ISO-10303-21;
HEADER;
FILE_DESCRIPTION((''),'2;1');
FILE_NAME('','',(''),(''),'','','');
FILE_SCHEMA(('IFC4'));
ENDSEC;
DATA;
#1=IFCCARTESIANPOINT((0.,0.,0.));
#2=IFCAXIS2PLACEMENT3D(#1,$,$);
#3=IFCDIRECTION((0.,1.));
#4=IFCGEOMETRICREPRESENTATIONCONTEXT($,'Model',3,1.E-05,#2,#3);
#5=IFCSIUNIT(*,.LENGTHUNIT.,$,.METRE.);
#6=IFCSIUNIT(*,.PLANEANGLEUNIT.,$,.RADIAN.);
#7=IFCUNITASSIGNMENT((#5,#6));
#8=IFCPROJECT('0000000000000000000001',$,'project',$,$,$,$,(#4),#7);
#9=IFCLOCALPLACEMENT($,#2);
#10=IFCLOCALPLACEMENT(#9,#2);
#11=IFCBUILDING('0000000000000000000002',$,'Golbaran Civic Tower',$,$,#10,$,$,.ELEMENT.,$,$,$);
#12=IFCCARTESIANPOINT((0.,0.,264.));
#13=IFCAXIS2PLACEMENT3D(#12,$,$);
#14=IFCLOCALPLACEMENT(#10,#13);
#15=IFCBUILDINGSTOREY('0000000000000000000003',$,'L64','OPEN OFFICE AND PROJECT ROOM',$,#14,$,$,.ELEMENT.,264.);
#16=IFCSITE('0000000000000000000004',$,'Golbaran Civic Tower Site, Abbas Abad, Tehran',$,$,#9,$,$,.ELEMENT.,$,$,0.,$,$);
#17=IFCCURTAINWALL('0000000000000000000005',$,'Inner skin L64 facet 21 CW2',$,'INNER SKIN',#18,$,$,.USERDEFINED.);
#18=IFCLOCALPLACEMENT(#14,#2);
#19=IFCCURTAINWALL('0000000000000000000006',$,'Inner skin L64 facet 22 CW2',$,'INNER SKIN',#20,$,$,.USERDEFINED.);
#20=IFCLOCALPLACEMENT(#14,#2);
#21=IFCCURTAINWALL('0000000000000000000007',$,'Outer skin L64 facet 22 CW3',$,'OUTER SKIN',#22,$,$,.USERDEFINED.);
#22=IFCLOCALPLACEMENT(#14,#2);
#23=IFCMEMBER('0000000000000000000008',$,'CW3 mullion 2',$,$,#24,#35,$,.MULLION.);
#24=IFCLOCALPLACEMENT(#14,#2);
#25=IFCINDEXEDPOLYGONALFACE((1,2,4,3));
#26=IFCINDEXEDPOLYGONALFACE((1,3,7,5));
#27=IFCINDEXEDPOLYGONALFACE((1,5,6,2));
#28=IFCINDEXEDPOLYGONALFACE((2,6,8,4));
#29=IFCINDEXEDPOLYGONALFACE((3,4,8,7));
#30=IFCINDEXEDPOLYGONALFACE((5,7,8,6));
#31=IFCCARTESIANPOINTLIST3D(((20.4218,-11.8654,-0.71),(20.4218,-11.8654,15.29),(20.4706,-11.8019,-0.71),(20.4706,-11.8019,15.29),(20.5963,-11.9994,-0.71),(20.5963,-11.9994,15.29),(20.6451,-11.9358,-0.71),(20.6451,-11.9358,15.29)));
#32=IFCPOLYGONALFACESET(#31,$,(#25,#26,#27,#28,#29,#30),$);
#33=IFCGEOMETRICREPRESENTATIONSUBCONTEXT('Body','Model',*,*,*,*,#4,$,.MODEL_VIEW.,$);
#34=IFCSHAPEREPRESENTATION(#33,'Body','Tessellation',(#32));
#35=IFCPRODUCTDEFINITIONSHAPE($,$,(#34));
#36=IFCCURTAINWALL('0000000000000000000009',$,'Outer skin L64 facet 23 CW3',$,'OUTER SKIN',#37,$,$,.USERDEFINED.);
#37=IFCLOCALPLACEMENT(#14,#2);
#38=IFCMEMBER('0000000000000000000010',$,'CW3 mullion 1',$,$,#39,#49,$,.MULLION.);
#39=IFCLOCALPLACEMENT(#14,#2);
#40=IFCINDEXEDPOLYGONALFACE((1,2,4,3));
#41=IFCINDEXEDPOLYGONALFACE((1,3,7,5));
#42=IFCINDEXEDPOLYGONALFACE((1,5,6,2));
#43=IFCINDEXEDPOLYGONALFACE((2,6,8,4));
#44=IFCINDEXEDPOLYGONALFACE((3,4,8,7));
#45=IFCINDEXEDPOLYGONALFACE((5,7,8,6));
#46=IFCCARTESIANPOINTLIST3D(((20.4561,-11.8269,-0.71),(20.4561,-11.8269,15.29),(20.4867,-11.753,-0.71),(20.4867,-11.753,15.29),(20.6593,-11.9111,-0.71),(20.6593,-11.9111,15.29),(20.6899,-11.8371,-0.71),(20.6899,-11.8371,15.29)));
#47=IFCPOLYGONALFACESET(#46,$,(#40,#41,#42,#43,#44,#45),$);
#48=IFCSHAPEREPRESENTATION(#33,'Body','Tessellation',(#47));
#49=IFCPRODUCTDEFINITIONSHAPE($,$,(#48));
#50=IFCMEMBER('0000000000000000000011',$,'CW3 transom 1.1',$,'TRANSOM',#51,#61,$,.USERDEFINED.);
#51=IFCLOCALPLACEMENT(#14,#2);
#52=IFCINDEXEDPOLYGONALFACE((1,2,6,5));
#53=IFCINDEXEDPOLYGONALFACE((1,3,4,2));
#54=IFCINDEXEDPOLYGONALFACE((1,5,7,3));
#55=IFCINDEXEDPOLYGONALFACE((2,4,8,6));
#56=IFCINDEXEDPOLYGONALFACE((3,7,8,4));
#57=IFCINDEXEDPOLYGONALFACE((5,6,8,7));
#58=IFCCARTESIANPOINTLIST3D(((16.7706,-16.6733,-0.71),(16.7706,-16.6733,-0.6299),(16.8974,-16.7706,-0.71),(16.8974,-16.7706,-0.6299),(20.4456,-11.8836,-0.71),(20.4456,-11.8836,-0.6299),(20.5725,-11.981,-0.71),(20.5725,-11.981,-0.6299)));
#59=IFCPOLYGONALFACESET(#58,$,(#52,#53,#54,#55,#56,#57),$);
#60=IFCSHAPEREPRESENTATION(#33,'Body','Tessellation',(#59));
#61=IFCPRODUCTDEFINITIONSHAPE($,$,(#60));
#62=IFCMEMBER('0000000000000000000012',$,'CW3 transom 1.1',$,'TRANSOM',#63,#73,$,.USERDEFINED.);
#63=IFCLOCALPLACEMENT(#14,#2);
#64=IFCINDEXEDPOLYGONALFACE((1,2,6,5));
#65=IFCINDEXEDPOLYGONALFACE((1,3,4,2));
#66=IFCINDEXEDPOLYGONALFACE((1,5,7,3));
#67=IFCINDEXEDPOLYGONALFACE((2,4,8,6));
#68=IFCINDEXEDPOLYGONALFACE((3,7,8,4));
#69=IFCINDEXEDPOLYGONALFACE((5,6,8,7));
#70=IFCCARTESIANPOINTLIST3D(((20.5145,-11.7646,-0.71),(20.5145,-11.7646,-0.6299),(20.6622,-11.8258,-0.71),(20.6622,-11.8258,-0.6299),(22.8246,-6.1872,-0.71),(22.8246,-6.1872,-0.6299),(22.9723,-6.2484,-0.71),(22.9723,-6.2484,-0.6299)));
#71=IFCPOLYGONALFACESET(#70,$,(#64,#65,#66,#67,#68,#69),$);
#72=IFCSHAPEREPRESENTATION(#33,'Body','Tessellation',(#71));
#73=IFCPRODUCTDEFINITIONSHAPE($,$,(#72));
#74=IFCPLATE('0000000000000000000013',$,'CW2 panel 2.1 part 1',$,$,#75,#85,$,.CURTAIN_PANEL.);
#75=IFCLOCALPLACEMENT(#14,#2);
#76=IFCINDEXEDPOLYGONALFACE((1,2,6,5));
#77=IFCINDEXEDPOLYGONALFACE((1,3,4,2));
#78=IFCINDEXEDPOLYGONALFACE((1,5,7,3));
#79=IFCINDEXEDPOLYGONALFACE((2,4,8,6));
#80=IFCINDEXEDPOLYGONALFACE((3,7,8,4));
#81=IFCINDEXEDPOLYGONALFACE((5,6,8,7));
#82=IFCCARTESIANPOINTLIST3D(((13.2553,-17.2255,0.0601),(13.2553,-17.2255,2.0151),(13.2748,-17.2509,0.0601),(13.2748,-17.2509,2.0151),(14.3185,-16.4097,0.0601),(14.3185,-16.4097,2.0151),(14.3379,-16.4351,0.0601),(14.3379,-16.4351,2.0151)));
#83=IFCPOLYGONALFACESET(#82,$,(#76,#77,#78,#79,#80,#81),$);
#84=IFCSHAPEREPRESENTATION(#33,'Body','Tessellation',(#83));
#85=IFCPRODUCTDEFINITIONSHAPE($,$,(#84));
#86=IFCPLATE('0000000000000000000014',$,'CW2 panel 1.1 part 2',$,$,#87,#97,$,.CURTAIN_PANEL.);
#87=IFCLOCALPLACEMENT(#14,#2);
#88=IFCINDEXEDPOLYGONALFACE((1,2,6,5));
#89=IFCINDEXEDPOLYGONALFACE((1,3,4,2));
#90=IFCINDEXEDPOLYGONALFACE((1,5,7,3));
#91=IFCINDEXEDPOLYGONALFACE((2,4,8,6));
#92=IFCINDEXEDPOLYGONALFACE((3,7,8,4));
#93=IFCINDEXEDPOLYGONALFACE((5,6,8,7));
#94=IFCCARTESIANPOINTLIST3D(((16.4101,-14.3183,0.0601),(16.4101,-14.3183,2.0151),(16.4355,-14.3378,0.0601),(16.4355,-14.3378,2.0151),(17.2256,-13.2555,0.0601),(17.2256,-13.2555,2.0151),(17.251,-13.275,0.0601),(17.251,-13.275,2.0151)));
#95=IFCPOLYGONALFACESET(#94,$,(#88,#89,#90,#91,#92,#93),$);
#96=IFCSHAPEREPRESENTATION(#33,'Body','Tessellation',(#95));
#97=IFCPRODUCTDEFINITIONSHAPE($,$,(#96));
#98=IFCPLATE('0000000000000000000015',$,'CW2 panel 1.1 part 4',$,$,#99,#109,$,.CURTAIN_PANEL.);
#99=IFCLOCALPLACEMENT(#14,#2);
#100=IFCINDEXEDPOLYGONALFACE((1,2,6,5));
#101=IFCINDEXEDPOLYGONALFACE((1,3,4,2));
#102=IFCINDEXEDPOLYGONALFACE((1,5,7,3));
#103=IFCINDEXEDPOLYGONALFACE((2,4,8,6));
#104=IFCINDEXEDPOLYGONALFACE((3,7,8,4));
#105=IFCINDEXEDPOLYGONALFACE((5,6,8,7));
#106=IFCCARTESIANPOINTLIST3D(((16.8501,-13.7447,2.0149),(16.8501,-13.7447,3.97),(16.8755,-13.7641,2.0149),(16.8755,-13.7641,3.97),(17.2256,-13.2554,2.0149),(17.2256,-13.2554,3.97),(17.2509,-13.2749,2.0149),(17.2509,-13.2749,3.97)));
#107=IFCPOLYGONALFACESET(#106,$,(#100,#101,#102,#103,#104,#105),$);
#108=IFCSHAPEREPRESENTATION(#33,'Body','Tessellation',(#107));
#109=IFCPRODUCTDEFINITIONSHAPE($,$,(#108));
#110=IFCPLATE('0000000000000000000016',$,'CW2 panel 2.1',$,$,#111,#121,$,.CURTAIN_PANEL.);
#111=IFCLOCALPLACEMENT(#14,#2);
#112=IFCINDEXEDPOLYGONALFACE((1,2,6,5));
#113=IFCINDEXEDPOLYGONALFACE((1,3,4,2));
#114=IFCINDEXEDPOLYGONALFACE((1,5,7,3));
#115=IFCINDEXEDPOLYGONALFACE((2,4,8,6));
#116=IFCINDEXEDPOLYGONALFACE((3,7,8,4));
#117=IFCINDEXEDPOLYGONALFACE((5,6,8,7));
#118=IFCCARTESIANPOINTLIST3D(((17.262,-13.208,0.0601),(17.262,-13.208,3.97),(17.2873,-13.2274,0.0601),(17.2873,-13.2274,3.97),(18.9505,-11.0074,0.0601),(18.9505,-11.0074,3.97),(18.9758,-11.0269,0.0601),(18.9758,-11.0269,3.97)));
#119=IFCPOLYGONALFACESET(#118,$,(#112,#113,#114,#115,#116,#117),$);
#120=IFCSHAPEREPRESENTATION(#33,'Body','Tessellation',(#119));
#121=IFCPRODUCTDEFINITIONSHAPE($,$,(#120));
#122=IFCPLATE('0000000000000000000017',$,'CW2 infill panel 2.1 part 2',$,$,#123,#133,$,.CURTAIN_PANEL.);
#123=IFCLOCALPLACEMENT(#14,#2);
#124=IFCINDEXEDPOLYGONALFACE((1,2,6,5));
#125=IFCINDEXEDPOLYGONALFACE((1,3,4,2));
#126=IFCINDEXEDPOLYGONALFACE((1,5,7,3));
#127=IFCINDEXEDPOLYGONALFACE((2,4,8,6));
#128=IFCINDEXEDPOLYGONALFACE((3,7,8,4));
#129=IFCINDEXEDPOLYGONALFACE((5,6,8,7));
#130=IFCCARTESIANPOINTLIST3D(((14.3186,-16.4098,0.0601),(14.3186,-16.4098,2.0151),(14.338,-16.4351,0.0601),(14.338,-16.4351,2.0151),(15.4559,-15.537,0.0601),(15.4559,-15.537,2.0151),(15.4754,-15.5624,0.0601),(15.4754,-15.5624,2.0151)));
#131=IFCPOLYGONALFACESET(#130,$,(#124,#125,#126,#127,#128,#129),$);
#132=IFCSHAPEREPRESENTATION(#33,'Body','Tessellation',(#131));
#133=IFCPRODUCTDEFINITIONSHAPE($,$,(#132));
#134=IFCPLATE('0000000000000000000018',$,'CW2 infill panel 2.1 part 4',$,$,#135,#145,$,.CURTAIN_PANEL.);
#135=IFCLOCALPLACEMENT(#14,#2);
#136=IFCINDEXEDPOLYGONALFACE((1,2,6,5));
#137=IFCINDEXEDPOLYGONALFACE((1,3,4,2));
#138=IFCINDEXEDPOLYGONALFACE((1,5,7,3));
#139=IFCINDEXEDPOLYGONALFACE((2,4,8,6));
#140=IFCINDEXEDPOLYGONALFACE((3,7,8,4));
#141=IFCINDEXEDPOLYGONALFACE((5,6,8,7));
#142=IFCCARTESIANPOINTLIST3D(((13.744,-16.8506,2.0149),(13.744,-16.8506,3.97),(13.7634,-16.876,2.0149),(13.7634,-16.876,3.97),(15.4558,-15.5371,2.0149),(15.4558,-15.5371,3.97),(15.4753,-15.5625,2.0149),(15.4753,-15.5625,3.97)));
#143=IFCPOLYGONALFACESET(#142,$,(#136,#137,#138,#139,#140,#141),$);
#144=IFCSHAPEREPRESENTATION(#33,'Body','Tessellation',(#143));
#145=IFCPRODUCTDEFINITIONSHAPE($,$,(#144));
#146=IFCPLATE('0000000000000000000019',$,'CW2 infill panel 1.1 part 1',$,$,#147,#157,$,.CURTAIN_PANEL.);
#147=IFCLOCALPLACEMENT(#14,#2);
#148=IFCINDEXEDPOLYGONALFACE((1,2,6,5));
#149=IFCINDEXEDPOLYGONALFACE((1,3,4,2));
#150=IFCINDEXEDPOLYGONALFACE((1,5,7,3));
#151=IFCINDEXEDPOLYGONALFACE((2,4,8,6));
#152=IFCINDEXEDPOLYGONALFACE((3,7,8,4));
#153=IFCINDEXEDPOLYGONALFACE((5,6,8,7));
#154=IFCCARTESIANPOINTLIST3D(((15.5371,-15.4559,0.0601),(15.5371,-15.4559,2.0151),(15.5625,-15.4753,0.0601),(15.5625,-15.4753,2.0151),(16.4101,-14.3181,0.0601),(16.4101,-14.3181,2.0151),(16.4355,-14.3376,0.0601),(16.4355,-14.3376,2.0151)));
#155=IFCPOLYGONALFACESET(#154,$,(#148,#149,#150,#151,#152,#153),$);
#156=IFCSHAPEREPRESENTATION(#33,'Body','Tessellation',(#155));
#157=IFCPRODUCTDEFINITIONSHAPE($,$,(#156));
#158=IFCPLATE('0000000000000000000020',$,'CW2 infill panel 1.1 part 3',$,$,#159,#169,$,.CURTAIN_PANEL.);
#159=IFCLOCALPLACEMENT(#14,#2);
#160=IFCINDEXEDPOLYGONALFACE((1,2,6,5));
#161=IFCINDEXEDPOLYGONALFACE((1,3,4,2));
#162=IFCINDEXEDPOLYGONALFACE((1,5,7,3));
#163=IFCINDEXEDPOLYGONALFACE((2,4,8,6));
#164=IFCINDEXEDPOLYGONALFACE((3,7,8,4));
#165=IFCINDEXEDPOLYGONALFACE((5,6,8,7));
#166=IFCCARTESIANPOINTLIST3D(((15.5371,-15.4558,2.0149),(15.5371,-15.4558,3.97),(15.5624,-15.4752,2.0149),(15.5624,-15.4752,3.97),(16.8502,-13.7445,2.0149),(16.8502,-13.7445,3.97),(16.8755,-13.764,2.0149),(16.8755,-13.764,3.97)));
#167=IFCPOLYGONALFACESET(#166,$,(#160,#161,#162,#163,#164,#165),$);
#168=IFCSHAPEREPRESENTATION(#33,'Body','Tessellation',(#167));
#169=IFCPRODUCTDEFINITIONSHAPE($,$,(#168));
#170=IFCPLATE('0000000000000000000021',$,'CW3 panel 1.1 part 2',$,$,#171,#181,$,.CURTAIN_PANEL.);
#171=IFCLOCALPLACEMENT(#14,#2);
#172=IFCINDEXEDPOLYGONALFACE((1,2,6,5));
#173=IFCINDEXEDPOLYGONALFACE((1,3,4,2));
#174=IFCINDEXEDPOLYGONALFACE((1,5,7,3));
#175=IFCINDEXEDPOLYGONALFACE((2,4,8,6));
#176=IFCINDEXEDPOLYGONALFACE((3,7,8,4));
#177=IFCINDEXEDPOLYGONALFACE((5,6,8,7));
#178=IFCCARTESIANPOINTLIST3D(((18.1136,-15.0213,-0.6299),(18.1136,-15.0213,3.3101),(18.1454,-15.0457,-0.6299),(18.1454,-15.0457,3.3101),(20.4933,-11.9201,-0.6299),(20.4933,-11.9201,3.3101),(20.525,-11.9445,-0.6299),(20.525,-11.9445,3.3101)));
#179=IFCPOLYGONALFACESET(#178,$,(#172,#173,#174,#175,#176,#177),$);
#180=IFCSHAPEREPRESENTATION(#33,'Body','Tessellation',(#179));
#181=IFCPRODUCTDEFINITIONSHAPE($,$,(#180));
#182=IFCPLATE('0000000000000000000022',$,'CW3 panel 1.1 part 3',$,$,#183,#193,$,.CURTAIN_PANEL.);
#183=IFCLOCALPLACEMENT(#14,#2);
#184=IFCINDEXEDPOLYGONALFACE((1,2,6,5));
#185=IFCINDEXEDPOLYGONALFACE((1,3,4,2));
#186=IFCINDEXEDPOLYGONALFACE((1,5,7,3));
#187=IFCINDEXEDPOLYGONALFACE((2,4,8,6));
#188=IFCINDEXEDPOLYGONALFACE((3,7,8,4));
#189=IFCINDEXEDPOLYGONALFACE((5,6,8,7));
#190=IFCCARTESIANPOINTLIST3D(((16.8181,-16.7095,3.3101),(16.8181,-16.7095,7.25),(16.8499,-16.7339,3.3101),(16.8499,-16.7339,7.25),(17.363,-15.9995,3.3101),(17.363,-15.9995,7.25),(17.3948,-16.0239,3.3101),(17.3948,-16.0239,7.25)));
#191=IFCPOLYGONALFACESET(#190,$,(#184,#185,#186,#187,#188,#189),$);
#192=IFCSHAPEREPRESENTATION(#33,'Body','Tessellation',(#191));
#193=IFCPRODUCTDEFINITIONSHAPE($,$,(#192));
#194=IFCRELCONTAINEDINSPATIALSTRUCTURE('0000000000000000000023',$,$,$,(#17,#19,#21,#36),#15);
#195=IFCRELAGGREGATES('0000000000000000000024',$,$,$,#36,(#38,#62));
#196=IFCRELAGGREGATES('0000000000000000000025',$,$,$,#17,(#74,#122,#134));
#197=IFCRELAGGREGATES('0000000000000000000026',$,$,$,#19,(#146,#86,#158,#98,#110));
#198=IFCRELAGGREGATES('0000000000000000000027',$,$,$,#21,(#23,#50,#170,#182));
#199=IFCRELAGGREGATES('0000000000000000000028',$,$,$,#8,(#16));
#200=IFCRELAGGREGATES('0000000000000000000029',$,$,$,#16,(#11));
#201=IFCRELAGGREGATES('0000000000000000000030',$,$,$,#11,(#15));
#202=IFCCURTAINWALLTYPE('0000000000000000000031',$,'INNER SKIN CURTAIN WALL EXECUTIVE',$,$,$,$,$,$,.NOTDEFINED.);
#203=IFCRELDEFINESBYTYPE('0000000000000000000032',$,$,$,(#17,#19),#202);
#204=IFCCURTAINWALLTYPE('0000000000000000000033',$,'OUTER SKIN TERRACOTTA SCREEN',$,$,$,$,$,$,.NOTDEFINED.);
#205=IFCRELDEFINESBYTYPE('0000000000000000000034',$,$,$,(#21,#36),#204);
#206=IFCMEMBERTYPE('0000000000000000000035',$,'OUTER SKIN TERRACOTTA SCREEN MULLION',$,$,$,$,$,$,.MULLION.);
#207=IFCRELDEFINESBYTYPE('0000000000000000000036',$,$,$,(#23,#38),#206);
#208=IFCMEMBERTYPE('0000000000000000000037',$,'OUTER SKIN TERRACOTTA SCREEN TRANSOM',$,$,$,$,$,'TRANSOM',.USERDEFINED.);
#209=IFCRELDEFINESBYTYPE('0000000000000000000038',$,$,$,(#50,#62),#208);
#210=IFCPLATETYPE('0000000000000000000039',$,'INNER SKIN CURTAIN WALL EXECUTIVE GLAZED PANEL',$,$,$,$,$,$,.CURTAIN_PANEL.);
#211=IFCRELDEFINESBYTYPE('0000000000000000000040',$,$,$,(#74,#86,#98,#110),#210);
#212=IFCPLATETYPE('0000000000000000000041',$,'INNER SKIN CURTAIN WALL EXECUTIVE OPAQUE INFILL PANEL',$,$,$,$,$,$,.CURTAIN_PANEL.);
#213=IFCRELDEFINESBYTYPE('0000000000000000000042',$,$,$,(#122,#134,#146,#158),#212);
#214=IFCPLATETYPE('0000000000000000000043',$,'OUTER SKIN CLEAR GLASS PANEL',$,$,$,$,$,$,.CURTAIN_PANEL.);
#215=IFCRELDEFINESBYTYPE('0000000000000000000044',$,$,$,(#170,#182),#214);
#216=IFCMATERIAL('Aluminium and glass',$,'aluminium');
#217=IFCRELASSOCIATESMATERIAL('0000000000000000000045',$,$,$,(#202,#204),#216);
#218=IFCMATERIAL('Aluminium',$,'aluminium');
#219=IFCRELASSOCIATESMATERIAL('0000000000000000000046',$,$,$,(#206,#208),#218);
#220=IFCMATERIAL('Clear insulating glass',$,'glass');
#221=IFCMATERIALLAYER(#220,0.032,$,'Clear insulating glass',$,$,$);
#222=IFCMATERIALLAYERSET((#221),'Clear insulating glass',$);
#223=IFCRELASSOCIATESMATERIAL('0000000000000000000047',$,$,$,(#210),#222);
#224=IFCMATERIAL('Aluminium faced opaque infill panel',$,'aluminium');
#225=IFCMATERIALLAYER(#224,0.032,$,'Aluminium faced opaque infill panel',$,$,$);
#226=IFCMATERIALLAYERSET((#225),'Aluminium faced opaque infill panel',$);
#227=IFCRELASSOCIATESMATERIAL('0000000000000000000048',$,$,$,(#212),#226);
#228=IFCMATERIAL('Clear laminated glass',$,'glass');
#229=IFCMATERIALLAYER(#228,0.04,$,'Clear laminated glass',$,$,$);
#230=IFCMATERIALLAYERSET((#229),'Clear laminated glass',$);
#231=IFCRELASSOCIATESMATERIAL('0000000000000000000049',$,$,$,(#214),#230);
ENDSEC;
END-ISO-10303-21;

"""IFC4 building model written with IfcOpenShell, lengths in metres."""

from ifc_helpers import new_model, si_unit, direction, frame, origin, origin_2d, place, context, subcontext, project, spatial, rectangle, extrude, material, layer, layer_set, material_profile, profile_set, type_object, element, aggregate, save


model = new_model("IFC4")

# Units and contexts
model_context = context("Model", 3, precision=1e-05, world=origin(), true_north=direction((0.0, 1.0)))
body_context = subcontext(model_context, "Body", "Model", "MODEL_VIEW")
ifc_project = project(units=[si_unit("LENGTHUNIT", "METRE"), si_unit("PLANEANGLEUNIT", "RADIAN")], contexts=[model_context])

# Site, building, storey
site_placement = place(None, origin())
site = spatial("IfcSite", under=ifc_project, at=site_placement, Name="Golbaran Civic Tower Site, Abbas Abad, Tehran", CompositionType="ELEMENT", RefElevation=0.0)
building_placement = place(site_placement, origin())
building = spatial("IfcBuilding", under=site, at=building_placement, Name="Golbaran Civic Tower", CompositionType="ELEMENT")
storey_placement = place(building_placement, frame((0.0, 0.0, 264.0)))
storey = spatial("IfcBuildingStorey", under=building, at=storey_placement, Name="L64", Description="OPEN OFFICE AND PROJECT ROOM", CompositionType="ELEMENT", Elevation=264.0)

# Curtain wall
ifc_material_1 = material(Name="Aluminium and glass", Category="aluminium")
curtain_wall_type_1 = type_object("IfcCurtainWallType", Name="INNER SKIN CURTAIN WALL EXECUTIVE", PredefinedType="NOTDEFINED", material=ifc_material_1)
curtain_wall_1_placement = place(storey_placement, origin())
curtain_wall_1 = element("IfcCurtainWall", 1, at=curtain_wall_1_placement, inside=storey, type_object=curtain_wall_type_1, Name="Inner skin L64 facet 21 CW2", ObjectType="INNER SKIN", PredefinedType="USERDEFINED")
ifc_material_2 = material(Name="Aluminium", Category="aluminium")

# Curtain wall
curtain_wall_2_placement = place(storey_placement, origin())
curtain_wall_2 = element("IfcCurtainWall", 2, at=curtain_wall_2_placement, inside=storey, type_object=curtain_wall_type_1, Name="Inner skin L64 facet 22 CW2", ObjectType="INNER SKIN", PredefinedType="USERDEFINED")

# Shared definitions
curtain_wall_type_2 = type_object("IfcCurtainWallType", Name="OUTER SKIN TERRACOTTA SCREEN", PredefinedType="NOTDEFINED", material=ifc_material_1)
ifc_material_profile_1 = material_profile(ifc_material_2, rectangle(XDim=0.22, YDim=0.0801, at=origin_2d()), Name="OUTER SKIN TERRACOTTA SCREEN MULLION")
ifc_profile_set_1 = profile_set([ifc_material_profile_1], Name="Aluminium")
member_type_1 = type_object("IfcMemberType", Name="OUTER SKIN TERRACOTTA SCREEN MULLION", PredefinedType="MULLION", material=ifc_profile_set_1)

# Curtain wall, member
curtain_wall_3_placement = place(storey_placement, origin())
curtain_wall_3 = element("IfcCurtainWall", 3, at=curtain_wall_3_placement, inside=storey, type_object=curtain_wall_type_2, Name="Outer skin L64 facet 22 CW3", ObjectType="OUTER SKIN", PredefinedType="USERDEFINED")
member_1_placement = place(storey_placement, frame((20.5334, -11.9006, -0.71), z_axis=(0.0, 0.0, 1.0), x_axis=(-0.793353, 0.608761, 0.0)))
member_1 = element("IfcMember", 4, at=member_1_placement, type_object=member_type_1, Name="CW3 mullion 2", PredefinedType="MULLION", context=body_context, shape_type="SweptSolid", body=[
    extrude(rectangle(XDim=0.22, YDim=0.0801, at=origin_2d()), origin(), (0.0, 0.0, 1.0), 16.0),
])

# Curtain wall, member
curtain_wall_4_placement = place(storey_placement, origin())
curtain_wall_4 = element("IfcCurtainWall", 5, at=curtain_wall_4_placement, inside=storey, type_object=curtain_wall_type_2, Name="Outer skin L64 facet 23 CW3", ObjectType="OUTER SKIN", PredefinedType="USERDEFINED")
member_2_placement = place(storey_placement, frame((20.573, -11.832, -0.71), z_axis=(0.0, 0.0, 1.0), x_axis=(-0.92388, 0.382683, 0.0)))
member_2 = element("IfcMember", 6, at=member_2_placement, type_object=member_type_1, Name="CW3 mullion 1", PredefinedType="MULLION", context=body_context, shape_type="SweptSolid", body=[
    extrude(rectangle(XDim=0.22, YDim=0.0801, at=origin_2d()), origin(), (0.0, 0.0, 1.0), 16.0),
])

# Members
ifc_material_profile_2 = material_profile(ifc_material_2, rectangle(XDim=0.1599, YDim=0.0801, at=origin_2d()), Name="OUTER SKIN TERRACOTTA SCREEN TRANSOM")
ifc_profile_set_2 = profile_set([ifc_material_profile_2], Name="Aluminium")
member_type_2 = type_object("IfcMemberType", Name="OUTER SKIN TERRACOTTA SCREEN TRANSOM", ElementType="TRANSOM", PredefinedType="USERDEFINED", material=ifc_profile_set_2)
member_3_placement = place(storey_placement, frame((16.834, -16.7219, -0.6699), z_axis=(0.608751, 0.793362, 0.0), x_axis=(-0.793362, 0.608751, 0.0)))
member_3 = element("IfcMember", 7, at=member_3_placement, type_object=member_type_2, Name="CW3 transom 1.1", ObjectType="TRANSOM", PredefinedType="USERDEFINED", context=body_context, shape_type="SweptSolid", body=[
    extrude(rectangle(XDim=0.1599, YDim=0.0801, at=origin_2d()), origin(), (0.0, 0.0, 1.0), 6.0371),
])
member_4_placement = place(storey_placement, frame((20.5884, -11.7952, -0.6699), z_axis=(0.382659, 0.92389, 0.0), x_axis=(-0.92389, 0.382659, 0.0)))
member_4 = element("IfcMember", 8, at=member_4_placement, type_object=member_type_2, Name="CW3 transom 1.1", ObjectType="TRANSOM", PredefinedType="USERDEFINED", context=body_context, shape_type="SweptSolid", body=[
    extrude(rectangle(XDim=0.1599, YDim=0.0801, at=origin_2d()), origin(), (0.0, 0.0, 1.0), 6.0369),
])
aggregate(curtain_wall_4, [member_2, member_4])

# Plates
ifc_material_3 = material(Name="Clear insulating glass", Category="glass")
ifc_layer_1 = layer(ifc_material_3, 0.032, Name="Clear insulating glass")
ifc_layer_set_1 = layer_set([ifc_layer_1], Name="Clear insulating glass")
plate_type_1 = type_object("IfcPlateType", Name="INNER SKIN CURTAIN WALL EXECUTIVE GLAZED PANEL", PredefinedType="CURTAIN_PANEL", material=ifc_layer_set_1)
plate_1_placement = place(storey_placement, frame((13.7966, -16.8303, 0.0601), z_axis=(0.0, 0.0, 1.0), x_axis=(0.793353, 0.608761, 0.0)))
plate_1 = element("IfcPlate", 9, at=plate_1_placement, type_object=plate_type_1, Name="CW2 panel 2.1 part 1", PredefinedType="CURTAIN_PANEL", context=body_context, shape_type="SweptSolid", body=[
    extrude(rectangle(XDim=1.3401, YDim=0.032, at=origin_2d()), origin(), (0.0, 0.0, 1.0), 1.9551),
])
plate_2_placement = place(storey_placement, frame((16.8306, -13.7966, 0.0601), z_axis=(0.0, 0.0, 1.0), x_axis=(0.608761, 0.793353, 0.0)))
plate_2 = element("IfcPlate", 10, at=plate_2_placement, type_object=plate_type_1, Name="CW2 panel 1.1 part 2", PredefinedType="CURTAIN_PANEL", context=body_context, shape_type="SweptSolid", body=[
    extrude(rectangle(XDim=1.3396, YDim=0.032, at=origin_2d()), origin(), (0.0, 0.0, 1.0), 1.9551),
])
plate_3_placement = place(storey_placement, frame((17.0505, -13.5098, 2.0149), z_axis=(0.0, 0.0, 1.0), x_axis=(0.608761, 0.793353, 0.0)))
plate_3 = element("IfcPlate", 11, at=plate_3_placement, type_object=plate_type_1, Name="CW2 panel 1.1 part 4", PredefinedType="CURTAIN_PANEL", context=body_context, shape_type="SweptSolid", body=[
    extrude(rectangle(XDim=0.6167, YDim=0.032, at=origin_2d()), origin(), (0.0, 0.0, 1.0), 1.9551),
])
plate_4_placement = place(storey_placement, frame((18.1189, -12.1174, 0.0601), z_axis=(0.0, 0.0, 1.0), x_axis=(0.608761, 0.793353, 0.0)))
plate_4 = element("IfcPlate", 12, at=plate_4_placement, type_object=plate_type_1, Name="CW2 panel 2.1", PredefinedType="CURTAIN_PANEL", context=body_context, shape_type="SweptSolid", body=[
    extrude(rectangle(XDim=2.7737, YDim=0.032, at=origin_2d()), origin(), (0.0, 0.0, 1.0), 3.9099),
])
ifc_material_4 = material(Name="Aluminium faced opaque infill panel", Category="aluminium")
ifc_layer_2 = layer(ifc_material_4, 0.032, Name="Aluminium faced opaque infill panel")
ifc_layer_set_2 = layer_set([ifc_layer_2], Name="Aluminium faced opaque infill panel")
plate_type_2 = type_object("IfcPlateType", Name="INNER SKIN CURTAIN WALL EXECUTIVE OPAQUE INFILL PANEL", PredefinedType="CURTAIN_PANEL", material=ifc_layer_set_2)
plate_5_placement = place(storey_placement, frame((14.897, -15.9861, 0.0601), z_axis=(0.0, 0.0, 1.0), x_axis=(0.793353, 0.608761, 0.0)))
plate_5 = element("IfcPlate", 13, at=plate_5_placement, type_object=plate_type_2, Name="CW2 infill panel 2.1 part 2", PredefinedType="CURTAIN_PANEL", context=body_context, shape_type="SweptSolid", body=[
    extrude(rectangle(XDim=1.4336, YDim=0.032, at=origin_2d()), origin(), (0.0, 0.0, 1.0), 1.9551),
])
plate_6_placement = place(storey_placement, frame((14.6096, -16.2065, 2.0149), z_axis=(0.0, 0.0, 1.0), x_axis=(0.793353, 0.608761, 0.0)))
plate_6 = element("IfcPlate", 14, at=plate_6_placement, type_object=plate_type_2, Name="CW2 infill panel 2.1 part 4", PredefinedType="CURTAIN_PANEL", context=body_context, shape_type="SweptSolid", body=[
    extrude(rectangle(XDim=2.1577, YDim=0.032, at=origin_2d()), origin(), (0.0, 0.0, 1.0), 1.9551),
])
aggregate(curtain_wall_1, [plate_1, plate_5, plate_6])
plate_7_placement = place(storey_placement, frame((15.9863, -14.8967, 0.0601), z_axis=(0.0, 0.0, 1.0), x_axis=(0.608761, 0.793353, 0.0)))
plate_7 = element("IfcPlate", 15, at=plate_7_placement, type_object=plate_type_2, Name="CW2 infill panel 1.1 part 1", PredefinedType="CURTAIN_PANEL", context=body_context, shape_type="SweptSolid", body=[
    extrude(rectangle(XDim=1.4341, YDim=0.032, at=origin_2d()), origin(), (0.0, 0.0, 1.0), 1.9551),
])
plate_8_placement = place(storey_placement, frame((16.2063, -14.6099, 2.0149), z_axis=(0.0, 0.0, 1.0), x_axis=(0.608761, 0.793353, 0.0)))
plate_8 = element("IfcPlate", 16, at=plate_8_placement, type_object=plate_type_2, Name="CW2 infill panel 1.1 part 3", PredefinedType="CURTAIN_PANEL", context=body_context, shape_type="SweptSolid", body=[
    extrude(rectangle(XDim=2.157, YDim=0.032, at=origin_2d()), origin(), (0.0, 0.0, 1.0), 1.9551),
])
aggregate(curtain_wall_2, [plate_7, plate_2, plate_8, plate_3, plate_4])
ifc_material_5 = material(Name="Clear laminated glass", Category="glass")
ifc_layer_3 = layer(ifc_material_5, 0.04, Name="Clear laminated glass")
ifc_layer_set_3 = layer_set([ifc_layer_3], Name="Clear laminated glass")
plate_type_3 = type_object("IfcPlateType", Name="OUTER SKIN CLEAR GLASS PANEL", PredefinedType="CURTAIN_PANEL", material=ifc_layer_set_3)
plate_9_placement = place(storey_placement, frame((19.3193, -13.4829, -0.6299), z_axis=(0.0, 0.0, 1.0), x_axis=(0.608761, 0.793353, 0.0)))
plate_9 = element("IfcPlate", 17, at=plate_9_placement, type_object=plate_type_3, Name="CW3 panel 1.1 part 2", PredefinedType="CURTAIN_PANEL", context=body_context, shape_type="SweptSolid", body=[
    extrude(rectangle(XDim=3.9089, YDim=0.04, at=origin_2d()), origin(), (0.0, 0.0, 1.0), 3.9399),
])
plate_10_placement = place(storey_placement, frame((17.1064, -16.3667, 3.3101), z_axis=(0.0, 0.0, 1.0), x_axis=(0.608761, 0.793353, 0.0)))
plate_10 = element("IfcPlate", 18, at=plate_10_placement, type_object=plate_type_3, Name="CW3 panel 1.1 part 3", PredefinedType="CURTAIN_PANEL", context=body_context, shape_type="SweptSolid", body=[
    extrude(rectangle(XDim=0.895, YDim=0.04, at=origin_2d()), origin(), (0.0, 0.0, 1.0), 3.9399),
])
aggregate(curtain_wall_3, [member_1, member_3, plate_9, plate_10])

save(model, "model.ifc")
